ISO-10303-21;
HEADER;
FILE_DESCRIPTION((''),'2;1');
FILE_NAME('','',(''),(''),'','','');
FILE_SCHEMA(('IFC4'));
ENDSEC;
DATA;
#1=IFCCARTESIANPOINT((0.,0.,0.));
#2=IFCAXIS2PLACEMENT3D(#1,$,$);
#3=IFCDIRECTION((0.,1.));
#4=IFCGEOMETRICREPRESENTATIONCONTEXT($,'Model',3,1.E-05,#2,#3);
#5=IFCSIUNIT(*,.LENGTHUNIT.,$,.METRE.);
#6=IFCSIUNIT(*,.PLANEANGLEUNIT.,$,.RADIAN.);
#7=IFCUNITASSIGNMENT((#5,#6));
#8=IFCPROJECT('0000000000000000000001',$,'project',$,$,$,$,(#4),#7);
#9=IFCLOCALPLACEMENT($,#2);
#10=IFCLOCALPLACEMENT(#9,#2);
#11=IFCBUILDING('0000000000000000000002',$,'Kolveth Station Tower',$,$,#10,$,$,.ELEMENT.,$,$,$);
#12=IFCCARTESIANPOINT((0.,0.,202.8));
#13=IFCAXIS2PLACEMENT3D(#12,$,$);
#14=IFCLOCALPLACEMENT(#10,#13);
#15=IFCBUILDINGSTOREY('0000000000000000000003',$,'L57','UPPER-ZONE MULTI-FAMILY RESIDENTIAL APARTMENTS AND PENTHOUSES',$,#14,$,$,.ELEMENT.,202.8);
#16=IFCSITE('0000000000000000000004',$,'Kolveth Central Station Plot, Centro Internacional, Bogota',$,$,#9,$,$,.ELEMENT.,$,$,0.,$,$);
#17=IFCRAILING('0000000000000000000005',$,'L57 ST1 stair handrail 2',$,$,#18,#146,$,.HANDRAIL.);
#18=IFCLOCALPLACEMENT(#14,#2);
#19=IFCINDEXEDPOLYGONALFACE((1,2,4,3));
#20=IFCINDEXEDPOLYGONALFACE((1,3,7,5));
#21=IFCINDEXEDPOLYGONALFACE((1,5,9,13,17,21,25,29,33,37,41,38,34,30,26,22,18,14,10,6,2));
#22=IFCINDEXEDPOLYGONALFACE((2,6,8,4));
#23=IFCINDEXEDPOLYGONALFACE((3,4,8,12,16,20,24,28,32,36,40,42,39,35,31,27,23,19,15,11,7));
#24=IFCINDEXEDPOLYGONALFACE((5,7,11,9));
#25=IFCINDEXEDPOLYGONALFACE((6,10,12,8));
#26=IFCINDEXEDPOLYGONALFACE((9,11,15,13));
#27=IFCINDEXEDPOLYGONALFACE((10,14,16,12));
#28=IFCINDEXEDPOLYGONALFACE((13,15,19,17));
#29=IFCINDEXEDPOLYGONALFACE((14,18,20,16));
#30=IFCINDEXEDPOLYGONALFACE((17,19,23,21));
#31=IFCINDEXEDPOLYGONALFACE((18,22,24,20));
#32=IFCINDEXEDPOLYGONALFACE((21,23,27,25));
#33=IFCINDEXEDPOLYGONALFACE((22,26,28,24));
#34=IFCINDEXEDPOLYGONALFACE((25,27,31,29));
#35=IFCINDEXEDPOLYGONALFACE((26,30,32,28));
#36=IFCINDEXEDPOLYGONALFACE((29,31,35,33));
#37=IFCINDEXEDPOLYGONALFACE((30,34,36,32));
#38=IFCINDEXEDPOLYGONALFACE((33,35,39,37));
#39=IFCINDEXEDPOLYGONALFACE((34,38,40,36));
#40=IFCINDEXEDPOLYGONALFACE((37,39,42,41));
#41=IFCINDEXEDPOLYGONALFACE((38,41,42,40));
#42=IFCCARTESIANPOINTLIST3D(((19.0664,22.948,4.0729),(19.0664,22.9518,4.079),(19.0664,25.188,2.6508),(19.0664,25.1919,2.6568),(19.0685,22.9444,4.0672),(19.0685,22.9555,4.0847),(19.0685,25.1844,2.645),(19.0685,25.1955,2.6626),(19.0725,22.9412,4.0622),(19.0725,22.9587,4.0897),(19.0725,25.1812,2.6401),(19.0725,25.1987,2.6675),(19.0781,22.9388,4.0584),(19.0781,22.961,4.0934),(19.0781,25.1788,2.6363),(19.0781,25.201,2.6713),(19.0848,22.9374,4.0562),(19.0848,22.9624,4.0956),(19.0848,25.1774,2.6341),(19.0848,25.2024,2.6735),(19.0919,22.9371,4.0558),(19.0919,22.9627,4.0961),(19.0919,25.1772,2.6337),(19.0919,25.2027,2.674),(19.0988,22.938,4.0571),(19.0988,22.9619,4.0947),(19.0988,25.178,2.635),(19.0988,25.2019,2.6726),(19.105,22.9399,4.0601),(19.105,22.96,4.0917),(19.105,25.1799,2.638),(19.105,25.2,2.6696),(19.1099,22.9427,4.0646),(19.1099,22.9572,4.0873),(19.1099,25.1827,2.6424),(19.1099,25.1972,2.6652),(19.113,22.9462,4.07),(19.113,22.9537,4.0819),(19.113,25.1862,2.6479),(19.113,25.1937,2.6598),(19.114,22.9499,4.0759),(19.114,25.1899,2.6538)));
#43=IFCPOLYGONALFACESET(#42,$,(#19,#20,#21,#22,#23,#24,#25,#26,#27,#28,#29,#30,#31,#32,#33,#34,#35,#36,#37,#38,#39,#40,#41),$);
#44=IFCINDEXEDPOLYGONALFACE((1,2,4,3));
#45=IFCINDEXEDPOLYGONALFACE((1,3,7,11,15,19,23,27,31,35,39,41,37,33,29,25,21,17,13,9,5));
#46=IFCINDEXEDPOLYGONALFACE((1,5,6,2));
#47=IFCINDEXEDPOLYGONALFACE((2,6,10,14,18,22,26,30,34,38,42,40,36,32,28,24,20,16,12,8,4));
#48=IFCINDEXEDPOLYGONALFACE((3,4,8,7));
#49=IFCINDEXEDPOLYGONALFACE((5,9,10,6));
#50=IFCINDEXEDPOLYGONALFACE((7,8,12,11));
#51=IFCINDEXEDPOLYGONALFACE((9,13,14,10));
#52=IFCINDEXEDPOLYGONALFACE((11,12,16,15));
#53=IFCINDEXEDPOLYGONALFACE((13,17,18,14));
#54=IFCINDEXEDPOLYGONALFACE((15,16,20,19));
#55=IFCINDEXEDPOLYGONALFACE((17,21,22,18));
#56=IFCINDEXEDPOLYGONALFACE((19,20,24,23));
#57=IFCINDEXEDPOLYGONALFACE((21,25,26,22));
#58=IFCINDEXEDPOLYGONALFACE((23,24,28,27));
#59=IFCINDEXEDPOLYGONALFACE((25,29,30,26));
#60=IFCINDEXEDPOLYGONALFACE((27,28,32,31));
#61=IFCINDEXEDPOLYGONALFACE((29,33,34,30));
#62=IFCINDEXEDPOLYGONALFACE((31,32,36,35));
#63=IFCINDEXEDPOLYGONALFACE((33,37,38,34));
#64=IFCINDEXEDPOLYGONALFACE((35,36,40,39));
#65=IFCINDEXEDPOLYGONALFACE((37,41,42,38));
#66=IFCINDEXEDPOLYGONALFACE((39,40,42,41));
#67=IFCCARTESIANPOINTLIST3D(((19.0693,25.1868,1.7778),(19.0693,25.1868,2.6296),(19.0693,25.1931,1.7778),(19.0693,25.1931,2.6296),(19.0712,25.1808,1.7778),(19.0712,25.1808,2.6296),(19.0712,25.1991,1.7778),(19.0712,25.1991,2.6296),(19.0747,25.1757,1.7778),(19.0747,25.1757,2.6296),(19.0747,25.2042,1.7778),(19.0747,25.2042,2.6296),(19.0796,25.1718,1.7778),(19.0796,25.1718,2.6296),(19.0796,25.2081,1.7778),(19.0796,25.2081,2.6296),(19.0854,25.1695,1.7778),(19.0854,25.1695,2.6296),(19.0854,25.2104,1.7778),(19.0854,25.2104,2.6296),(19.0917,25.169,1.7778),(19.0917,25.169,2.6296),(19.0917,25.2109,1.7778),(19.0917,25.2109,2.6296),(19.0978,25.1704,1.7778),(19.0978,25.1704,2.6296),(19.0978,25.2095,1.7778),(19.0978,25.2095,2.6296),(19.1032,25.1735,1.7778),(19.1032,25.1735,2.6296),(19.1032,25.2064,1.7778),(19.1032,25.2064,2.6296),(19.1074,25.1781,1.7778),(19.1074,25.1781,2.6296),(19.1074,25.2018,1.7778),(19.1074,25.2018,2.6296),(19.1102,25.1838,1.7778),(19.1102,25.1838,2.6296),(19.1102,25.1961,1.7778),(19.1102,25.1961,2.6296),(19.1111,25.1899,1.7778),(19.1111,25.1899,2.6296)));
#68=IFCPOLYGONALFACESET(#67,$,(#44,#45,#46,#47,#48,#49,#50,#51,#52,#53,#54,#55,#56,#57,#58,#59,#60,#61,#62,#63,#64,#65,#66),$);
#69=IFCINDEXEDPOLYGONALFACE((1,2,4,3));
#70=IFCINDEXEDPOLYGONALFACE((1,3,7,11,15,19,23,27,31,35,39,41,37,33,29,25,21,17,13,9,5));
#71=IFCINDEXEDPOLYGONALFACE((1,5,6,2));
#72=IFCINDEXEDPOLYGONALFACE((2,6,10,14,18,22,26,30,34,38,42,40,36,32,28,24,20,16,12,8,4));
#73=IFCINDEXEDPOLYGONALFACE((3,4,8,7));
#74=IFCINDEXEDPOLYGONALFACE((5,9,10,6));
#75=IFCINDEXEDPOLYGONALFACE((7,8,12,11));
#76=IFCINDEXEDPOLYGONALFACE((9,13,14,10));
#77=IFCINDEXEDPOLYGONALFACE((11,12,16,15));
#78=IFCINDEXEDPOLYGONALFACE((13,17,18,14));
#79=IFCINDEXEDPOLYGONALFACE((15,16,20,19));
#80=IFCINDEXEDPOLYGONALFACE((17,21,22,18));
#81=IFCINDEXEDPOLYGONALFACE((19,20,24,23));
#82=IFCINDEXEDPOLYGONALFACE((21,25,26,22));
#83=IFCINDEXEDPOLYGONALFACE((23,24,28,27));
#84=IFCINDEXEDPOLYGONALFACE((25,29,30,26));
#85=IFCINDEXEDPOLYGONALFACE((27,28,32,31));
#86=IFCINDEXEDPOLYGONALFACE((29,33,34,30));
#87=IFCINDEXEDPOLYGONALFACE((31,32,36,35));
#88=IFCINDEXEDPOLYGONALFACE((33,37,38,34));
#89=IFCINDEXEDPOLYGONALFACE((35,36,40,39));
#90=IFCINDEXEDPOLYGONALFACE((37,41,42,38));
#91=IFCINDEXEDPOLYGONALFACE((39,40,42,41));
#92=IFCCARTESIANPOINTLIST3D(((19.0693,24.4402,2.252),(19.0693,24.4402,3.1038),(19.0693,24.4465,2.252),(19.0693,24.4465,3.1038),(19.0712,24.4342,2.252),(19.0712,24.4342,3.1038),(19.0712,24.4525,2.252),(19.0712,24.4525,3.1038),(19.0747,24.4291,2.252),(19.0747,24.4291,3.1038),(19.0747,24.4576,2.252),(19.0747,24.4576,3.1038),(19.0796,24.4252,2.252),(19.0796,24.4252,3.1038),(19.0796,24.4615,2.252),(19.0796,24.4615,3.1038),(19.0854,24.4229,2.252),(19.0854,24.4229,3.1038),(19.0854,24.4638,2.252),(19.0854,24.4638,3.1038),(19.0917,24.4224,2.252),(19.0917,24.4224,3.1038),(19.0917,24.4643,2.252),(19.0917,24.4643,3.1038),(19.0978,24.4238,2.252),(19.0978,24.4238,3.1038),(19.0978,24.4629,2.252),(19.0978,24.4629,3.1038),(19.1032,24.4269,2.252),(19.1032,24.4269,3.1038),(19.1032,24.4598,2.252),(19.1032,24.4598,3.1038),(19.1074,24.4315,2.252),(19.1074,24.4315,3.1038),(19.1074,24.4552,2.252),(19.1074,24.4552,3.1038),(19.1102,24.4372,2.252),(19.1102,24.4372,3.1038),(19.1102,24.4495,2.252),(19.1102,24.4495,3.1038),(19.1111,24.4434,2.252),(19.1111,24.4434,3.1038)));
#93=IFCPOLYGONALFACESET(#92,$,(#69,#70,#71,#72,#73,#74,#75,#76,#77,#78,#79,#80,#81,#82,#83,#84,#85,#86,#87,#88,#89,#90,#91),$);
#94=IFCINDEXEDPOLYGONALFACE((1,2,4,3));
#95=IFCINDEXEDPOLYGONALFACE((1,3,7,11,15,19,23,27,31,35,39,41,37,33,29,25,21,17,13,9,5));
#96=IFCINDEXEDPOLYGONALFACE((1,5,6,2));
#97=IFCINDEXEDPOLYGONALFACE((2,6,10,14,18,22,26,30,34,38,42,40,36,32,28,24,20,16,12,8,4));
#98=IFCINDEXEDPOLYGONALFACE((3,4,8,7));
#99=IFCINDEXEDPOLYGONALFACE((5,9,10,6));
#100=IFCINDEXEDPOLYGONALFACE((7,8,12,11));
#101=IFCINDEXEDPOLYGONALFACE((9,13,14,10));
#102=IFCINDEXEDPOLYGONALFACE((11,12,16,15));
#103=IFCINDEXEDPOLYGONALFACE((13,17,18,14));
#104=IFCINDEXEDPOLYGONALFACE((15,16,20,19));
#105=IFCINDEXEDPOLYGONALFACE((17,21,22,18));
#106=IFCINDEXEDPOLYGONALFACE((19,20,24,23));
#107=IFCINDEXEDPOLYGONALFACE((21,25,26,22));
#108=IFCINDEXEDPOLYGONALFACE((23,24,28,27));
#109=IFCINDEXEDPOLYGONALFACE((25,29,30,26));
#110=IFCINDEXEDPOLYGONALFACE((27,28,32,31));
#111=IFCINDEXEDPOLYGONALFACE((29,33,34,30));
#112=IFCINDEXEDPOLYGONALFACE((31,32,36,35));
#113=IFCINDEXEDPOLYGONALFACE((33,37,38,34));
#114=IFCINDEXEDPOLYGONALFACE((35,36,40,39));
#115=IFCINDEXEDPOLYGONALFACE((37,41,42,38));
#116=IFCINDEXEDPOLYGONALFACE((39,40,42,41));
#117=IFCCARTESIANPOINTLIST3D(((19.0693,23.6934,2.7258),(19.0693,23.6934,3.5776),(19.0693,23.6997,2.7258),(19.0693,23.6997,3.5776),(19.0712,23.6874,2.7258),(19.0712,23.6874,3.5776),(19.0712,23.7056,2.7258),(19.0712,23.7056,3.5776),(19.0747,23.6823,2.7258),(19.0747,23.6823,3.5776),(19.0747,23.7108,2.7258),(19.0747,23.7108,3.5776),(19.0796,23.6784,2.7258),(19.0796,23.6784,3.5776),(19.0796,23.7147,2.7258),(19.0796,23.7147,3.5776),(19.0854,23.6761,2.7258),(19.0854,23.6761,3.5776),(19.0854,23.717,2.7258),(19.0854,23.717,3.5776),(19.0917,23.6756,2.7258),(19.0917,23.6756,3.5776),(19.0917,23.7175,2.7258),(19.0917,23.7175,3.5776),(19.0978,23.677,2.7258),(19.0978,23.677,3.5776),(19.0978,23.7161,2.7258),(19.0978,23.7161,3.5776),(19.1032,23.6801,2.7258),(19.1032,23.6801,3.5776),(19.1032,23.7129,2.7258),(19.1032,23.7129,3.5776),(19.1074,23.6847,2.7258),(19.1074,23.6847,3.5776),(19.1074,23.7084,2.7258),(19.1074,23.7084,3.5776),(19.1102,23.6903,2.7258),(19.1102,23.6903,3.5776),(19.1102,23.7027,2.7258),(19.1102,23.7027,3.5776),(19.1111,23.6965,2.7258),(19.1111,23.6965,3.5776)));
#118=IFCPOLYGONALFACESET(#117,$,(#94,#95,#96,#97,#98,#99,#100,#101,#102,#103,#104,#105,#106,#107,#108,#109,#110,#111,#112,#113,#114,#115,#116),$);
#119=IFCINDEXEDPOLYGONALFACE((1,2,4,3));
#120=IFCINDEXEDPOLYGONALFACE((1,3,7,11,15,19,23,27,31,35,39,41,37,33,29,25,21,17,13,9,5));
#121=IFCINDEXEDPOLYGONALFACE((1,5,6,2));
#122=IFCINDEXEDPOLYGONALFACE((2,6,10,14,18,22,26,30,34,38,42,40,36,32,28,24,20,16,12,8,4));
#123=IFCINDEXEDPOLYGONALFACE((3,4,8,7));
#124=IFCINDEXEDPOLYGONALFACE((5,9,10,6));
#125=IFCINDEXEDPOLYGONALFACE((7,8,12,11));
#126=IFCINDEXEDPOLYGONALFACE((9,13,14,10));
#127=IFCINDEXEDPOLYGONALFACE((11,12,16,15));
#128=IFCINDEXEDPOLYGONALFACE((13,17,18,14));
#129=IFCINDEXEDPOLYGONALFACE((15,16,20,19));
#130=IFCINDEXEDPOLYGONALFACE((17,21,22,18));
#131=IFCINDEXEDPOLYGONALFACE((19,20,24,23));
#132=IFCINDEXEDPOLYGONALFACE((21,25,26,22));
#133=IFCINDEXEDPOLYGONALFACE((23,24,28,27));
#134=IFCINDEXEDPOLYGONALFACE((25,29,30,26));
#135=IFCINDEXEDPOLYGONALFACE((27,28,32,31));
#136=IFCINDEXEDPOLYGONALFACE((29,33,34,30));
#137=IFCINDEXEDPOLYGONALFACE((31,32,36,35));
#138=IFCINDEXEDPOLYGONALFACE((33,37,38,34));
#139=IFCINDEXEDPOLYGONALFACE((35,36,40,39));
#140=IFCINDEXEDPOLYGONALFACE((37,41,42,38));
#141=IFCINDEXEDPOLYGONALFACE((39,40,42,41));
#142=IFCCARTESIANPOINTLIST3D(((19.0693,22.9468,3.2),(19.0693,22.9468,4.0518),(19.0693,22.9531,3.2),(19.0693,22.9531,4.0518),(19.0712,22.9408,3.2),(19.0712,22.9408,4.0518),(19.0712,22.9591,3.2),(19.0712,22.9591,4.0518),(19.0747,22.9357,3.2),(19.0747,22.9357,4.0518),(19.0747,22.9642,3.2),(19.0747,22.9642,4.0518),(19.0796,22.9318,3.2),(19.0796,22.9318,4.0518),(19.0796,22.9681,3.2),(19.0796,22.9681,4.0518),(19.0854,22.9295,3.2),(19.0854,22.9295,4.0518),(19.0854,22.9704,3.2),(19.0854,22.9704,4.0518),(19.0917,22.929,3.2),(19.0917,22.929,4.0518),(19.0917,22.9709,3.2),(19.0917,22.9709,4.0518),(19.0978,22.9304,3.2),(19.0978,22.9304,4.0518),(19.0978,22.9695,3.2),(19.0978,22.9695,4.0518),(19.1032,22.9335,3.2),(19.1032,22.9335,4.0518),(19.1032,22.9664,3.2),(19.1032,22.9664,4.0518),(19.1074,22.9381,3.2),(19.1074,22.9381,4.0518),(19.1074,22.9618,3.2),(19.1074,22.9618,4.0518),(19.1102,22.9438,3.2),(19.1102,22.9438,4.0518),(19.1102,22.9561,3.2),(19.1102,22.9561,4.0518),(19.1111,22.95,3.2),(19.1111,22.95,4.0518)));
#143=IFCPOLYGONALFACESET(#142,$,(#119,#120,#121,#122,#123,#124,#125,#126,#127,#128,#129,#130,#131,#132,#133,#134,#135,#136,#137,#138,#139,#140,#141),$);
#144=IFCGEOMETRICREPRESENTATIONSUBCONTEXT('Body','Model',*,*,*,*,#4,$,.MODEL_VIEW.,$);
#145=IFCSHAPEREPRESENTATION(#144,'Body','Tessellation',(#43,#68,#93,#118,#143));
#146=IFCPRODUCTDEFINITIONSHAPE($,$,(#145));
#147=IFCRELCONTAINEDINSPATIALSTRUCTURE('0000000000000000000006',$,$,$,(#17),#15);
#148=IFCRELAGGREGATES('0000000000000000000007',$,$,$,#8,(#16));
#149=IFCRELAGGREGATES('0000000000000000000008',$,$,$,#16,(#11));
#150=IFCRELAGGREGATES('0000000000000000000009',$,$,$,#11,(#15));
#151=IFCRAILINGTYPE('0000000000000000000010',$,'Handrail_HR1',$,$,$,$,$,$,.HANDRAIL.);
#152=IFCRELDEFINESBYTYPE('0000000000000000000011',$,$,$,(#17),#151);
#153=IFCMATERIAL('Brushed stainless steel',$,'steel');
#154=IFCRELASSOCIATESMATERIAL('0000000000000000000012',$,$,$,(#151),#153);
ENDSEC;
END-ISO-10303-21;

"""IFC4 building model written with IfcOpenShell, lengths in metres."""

from ifc_helpers import new_model, si_unit, direction, frame, origin, origin_2d, place, context, subcontext, project, spatial, circle, extrude, material, type_object, element, save


model = new_model("IFC4")

# Units and contexts
model_context = context("Model", 3, precision=1e-05, world=origin(), true_north=direction((0.0, 1.0)))
body_context = subcontext(model_context, "Body", "Model", "MODEL_VIEW")
ifc_project = project(units=[si_unit("LENGTHUNIT", "METRE"), si_unit("PLANEANGLEUNIT", "RADIAN")], contexts=[model_context])

# Site, building, storey
site_placement = place(None, origin())
site = spatial("IfcSite", under=ifc_project, at=site_placement, Name="Kolveth Central Station Plot, Centro Internacional, Bogota", CompositionType="ELEMENT", RefElevation=0.0)
building_placement = place(site_placement, origin())
building = spatial("IfcBuilding", under=site, at=building_placement, Name="Kolveth Station Tower", CompositionType="ELEMENT")
storey_placement = place(building_placement, frame((0.0, 0.0, 202.8)))
storey = spatial("IfcBuildingStorey", under=building, at=storey_placement, Name="L57", Description="UPPER-ZONE MULTI-FAMILY RESIDENTIAL APARTMENTS AND PENTHOUSES", CompositionType="ELEMENT", Elevation=202.8)

# Railing
ifc_material_1 = material(Name="Brushed stainless steel", Category="steel")
railing_type_1 = type_object("IfcRailingType", Name="Handrail_HR1", PredefinedType="HANDRAIL", material=ifc_material_1)
railing_1_placement = place(storey_placement, frame((19.0901, 25.1899, 1.7778)))
element("IfcRailing", 1, at=railing_1_placement, inside=storey, type_object=railing_type_1, Name="L57 ST1 stair handrail 2", PredefinedType="HANDRAIL", context=body_context, shape_type="SweptSolid", body=[
    extrude(circle(Radius=0.0239, at=origin_2d()), frame((0.0, 0.0, 0.876), z_axis=(0.0, -0.844229, 0.535982), x_axis=(1.0, 0.0, 0.0)), (0.0, 0.0, 1.0), 2.6533),
    extrude(circle(Radius=0.021, at=origin_2d()), origin(), (0.0, 0.0, 1.0), 0.8518),
    extrude(circle(Radius=0.021, at=origin_2d()), frame((0.0, -0.7466, 0.4741)), (0.0, 0.0, 1.0), 0.8518),
    extrude(circle(Radius=0.021, at=origin_2d()), frame((0.0, -1.4934, 0.948)), (0.0, 0.0, 1.0), 0.8518),
    extrude(circle(Radius=0.021, at=origin_2d()), frame((0.0, -2.24, 1.4221)), (0.0, 0.0, 1.0), 0.8518),
])

save(model, "model.ifc")
